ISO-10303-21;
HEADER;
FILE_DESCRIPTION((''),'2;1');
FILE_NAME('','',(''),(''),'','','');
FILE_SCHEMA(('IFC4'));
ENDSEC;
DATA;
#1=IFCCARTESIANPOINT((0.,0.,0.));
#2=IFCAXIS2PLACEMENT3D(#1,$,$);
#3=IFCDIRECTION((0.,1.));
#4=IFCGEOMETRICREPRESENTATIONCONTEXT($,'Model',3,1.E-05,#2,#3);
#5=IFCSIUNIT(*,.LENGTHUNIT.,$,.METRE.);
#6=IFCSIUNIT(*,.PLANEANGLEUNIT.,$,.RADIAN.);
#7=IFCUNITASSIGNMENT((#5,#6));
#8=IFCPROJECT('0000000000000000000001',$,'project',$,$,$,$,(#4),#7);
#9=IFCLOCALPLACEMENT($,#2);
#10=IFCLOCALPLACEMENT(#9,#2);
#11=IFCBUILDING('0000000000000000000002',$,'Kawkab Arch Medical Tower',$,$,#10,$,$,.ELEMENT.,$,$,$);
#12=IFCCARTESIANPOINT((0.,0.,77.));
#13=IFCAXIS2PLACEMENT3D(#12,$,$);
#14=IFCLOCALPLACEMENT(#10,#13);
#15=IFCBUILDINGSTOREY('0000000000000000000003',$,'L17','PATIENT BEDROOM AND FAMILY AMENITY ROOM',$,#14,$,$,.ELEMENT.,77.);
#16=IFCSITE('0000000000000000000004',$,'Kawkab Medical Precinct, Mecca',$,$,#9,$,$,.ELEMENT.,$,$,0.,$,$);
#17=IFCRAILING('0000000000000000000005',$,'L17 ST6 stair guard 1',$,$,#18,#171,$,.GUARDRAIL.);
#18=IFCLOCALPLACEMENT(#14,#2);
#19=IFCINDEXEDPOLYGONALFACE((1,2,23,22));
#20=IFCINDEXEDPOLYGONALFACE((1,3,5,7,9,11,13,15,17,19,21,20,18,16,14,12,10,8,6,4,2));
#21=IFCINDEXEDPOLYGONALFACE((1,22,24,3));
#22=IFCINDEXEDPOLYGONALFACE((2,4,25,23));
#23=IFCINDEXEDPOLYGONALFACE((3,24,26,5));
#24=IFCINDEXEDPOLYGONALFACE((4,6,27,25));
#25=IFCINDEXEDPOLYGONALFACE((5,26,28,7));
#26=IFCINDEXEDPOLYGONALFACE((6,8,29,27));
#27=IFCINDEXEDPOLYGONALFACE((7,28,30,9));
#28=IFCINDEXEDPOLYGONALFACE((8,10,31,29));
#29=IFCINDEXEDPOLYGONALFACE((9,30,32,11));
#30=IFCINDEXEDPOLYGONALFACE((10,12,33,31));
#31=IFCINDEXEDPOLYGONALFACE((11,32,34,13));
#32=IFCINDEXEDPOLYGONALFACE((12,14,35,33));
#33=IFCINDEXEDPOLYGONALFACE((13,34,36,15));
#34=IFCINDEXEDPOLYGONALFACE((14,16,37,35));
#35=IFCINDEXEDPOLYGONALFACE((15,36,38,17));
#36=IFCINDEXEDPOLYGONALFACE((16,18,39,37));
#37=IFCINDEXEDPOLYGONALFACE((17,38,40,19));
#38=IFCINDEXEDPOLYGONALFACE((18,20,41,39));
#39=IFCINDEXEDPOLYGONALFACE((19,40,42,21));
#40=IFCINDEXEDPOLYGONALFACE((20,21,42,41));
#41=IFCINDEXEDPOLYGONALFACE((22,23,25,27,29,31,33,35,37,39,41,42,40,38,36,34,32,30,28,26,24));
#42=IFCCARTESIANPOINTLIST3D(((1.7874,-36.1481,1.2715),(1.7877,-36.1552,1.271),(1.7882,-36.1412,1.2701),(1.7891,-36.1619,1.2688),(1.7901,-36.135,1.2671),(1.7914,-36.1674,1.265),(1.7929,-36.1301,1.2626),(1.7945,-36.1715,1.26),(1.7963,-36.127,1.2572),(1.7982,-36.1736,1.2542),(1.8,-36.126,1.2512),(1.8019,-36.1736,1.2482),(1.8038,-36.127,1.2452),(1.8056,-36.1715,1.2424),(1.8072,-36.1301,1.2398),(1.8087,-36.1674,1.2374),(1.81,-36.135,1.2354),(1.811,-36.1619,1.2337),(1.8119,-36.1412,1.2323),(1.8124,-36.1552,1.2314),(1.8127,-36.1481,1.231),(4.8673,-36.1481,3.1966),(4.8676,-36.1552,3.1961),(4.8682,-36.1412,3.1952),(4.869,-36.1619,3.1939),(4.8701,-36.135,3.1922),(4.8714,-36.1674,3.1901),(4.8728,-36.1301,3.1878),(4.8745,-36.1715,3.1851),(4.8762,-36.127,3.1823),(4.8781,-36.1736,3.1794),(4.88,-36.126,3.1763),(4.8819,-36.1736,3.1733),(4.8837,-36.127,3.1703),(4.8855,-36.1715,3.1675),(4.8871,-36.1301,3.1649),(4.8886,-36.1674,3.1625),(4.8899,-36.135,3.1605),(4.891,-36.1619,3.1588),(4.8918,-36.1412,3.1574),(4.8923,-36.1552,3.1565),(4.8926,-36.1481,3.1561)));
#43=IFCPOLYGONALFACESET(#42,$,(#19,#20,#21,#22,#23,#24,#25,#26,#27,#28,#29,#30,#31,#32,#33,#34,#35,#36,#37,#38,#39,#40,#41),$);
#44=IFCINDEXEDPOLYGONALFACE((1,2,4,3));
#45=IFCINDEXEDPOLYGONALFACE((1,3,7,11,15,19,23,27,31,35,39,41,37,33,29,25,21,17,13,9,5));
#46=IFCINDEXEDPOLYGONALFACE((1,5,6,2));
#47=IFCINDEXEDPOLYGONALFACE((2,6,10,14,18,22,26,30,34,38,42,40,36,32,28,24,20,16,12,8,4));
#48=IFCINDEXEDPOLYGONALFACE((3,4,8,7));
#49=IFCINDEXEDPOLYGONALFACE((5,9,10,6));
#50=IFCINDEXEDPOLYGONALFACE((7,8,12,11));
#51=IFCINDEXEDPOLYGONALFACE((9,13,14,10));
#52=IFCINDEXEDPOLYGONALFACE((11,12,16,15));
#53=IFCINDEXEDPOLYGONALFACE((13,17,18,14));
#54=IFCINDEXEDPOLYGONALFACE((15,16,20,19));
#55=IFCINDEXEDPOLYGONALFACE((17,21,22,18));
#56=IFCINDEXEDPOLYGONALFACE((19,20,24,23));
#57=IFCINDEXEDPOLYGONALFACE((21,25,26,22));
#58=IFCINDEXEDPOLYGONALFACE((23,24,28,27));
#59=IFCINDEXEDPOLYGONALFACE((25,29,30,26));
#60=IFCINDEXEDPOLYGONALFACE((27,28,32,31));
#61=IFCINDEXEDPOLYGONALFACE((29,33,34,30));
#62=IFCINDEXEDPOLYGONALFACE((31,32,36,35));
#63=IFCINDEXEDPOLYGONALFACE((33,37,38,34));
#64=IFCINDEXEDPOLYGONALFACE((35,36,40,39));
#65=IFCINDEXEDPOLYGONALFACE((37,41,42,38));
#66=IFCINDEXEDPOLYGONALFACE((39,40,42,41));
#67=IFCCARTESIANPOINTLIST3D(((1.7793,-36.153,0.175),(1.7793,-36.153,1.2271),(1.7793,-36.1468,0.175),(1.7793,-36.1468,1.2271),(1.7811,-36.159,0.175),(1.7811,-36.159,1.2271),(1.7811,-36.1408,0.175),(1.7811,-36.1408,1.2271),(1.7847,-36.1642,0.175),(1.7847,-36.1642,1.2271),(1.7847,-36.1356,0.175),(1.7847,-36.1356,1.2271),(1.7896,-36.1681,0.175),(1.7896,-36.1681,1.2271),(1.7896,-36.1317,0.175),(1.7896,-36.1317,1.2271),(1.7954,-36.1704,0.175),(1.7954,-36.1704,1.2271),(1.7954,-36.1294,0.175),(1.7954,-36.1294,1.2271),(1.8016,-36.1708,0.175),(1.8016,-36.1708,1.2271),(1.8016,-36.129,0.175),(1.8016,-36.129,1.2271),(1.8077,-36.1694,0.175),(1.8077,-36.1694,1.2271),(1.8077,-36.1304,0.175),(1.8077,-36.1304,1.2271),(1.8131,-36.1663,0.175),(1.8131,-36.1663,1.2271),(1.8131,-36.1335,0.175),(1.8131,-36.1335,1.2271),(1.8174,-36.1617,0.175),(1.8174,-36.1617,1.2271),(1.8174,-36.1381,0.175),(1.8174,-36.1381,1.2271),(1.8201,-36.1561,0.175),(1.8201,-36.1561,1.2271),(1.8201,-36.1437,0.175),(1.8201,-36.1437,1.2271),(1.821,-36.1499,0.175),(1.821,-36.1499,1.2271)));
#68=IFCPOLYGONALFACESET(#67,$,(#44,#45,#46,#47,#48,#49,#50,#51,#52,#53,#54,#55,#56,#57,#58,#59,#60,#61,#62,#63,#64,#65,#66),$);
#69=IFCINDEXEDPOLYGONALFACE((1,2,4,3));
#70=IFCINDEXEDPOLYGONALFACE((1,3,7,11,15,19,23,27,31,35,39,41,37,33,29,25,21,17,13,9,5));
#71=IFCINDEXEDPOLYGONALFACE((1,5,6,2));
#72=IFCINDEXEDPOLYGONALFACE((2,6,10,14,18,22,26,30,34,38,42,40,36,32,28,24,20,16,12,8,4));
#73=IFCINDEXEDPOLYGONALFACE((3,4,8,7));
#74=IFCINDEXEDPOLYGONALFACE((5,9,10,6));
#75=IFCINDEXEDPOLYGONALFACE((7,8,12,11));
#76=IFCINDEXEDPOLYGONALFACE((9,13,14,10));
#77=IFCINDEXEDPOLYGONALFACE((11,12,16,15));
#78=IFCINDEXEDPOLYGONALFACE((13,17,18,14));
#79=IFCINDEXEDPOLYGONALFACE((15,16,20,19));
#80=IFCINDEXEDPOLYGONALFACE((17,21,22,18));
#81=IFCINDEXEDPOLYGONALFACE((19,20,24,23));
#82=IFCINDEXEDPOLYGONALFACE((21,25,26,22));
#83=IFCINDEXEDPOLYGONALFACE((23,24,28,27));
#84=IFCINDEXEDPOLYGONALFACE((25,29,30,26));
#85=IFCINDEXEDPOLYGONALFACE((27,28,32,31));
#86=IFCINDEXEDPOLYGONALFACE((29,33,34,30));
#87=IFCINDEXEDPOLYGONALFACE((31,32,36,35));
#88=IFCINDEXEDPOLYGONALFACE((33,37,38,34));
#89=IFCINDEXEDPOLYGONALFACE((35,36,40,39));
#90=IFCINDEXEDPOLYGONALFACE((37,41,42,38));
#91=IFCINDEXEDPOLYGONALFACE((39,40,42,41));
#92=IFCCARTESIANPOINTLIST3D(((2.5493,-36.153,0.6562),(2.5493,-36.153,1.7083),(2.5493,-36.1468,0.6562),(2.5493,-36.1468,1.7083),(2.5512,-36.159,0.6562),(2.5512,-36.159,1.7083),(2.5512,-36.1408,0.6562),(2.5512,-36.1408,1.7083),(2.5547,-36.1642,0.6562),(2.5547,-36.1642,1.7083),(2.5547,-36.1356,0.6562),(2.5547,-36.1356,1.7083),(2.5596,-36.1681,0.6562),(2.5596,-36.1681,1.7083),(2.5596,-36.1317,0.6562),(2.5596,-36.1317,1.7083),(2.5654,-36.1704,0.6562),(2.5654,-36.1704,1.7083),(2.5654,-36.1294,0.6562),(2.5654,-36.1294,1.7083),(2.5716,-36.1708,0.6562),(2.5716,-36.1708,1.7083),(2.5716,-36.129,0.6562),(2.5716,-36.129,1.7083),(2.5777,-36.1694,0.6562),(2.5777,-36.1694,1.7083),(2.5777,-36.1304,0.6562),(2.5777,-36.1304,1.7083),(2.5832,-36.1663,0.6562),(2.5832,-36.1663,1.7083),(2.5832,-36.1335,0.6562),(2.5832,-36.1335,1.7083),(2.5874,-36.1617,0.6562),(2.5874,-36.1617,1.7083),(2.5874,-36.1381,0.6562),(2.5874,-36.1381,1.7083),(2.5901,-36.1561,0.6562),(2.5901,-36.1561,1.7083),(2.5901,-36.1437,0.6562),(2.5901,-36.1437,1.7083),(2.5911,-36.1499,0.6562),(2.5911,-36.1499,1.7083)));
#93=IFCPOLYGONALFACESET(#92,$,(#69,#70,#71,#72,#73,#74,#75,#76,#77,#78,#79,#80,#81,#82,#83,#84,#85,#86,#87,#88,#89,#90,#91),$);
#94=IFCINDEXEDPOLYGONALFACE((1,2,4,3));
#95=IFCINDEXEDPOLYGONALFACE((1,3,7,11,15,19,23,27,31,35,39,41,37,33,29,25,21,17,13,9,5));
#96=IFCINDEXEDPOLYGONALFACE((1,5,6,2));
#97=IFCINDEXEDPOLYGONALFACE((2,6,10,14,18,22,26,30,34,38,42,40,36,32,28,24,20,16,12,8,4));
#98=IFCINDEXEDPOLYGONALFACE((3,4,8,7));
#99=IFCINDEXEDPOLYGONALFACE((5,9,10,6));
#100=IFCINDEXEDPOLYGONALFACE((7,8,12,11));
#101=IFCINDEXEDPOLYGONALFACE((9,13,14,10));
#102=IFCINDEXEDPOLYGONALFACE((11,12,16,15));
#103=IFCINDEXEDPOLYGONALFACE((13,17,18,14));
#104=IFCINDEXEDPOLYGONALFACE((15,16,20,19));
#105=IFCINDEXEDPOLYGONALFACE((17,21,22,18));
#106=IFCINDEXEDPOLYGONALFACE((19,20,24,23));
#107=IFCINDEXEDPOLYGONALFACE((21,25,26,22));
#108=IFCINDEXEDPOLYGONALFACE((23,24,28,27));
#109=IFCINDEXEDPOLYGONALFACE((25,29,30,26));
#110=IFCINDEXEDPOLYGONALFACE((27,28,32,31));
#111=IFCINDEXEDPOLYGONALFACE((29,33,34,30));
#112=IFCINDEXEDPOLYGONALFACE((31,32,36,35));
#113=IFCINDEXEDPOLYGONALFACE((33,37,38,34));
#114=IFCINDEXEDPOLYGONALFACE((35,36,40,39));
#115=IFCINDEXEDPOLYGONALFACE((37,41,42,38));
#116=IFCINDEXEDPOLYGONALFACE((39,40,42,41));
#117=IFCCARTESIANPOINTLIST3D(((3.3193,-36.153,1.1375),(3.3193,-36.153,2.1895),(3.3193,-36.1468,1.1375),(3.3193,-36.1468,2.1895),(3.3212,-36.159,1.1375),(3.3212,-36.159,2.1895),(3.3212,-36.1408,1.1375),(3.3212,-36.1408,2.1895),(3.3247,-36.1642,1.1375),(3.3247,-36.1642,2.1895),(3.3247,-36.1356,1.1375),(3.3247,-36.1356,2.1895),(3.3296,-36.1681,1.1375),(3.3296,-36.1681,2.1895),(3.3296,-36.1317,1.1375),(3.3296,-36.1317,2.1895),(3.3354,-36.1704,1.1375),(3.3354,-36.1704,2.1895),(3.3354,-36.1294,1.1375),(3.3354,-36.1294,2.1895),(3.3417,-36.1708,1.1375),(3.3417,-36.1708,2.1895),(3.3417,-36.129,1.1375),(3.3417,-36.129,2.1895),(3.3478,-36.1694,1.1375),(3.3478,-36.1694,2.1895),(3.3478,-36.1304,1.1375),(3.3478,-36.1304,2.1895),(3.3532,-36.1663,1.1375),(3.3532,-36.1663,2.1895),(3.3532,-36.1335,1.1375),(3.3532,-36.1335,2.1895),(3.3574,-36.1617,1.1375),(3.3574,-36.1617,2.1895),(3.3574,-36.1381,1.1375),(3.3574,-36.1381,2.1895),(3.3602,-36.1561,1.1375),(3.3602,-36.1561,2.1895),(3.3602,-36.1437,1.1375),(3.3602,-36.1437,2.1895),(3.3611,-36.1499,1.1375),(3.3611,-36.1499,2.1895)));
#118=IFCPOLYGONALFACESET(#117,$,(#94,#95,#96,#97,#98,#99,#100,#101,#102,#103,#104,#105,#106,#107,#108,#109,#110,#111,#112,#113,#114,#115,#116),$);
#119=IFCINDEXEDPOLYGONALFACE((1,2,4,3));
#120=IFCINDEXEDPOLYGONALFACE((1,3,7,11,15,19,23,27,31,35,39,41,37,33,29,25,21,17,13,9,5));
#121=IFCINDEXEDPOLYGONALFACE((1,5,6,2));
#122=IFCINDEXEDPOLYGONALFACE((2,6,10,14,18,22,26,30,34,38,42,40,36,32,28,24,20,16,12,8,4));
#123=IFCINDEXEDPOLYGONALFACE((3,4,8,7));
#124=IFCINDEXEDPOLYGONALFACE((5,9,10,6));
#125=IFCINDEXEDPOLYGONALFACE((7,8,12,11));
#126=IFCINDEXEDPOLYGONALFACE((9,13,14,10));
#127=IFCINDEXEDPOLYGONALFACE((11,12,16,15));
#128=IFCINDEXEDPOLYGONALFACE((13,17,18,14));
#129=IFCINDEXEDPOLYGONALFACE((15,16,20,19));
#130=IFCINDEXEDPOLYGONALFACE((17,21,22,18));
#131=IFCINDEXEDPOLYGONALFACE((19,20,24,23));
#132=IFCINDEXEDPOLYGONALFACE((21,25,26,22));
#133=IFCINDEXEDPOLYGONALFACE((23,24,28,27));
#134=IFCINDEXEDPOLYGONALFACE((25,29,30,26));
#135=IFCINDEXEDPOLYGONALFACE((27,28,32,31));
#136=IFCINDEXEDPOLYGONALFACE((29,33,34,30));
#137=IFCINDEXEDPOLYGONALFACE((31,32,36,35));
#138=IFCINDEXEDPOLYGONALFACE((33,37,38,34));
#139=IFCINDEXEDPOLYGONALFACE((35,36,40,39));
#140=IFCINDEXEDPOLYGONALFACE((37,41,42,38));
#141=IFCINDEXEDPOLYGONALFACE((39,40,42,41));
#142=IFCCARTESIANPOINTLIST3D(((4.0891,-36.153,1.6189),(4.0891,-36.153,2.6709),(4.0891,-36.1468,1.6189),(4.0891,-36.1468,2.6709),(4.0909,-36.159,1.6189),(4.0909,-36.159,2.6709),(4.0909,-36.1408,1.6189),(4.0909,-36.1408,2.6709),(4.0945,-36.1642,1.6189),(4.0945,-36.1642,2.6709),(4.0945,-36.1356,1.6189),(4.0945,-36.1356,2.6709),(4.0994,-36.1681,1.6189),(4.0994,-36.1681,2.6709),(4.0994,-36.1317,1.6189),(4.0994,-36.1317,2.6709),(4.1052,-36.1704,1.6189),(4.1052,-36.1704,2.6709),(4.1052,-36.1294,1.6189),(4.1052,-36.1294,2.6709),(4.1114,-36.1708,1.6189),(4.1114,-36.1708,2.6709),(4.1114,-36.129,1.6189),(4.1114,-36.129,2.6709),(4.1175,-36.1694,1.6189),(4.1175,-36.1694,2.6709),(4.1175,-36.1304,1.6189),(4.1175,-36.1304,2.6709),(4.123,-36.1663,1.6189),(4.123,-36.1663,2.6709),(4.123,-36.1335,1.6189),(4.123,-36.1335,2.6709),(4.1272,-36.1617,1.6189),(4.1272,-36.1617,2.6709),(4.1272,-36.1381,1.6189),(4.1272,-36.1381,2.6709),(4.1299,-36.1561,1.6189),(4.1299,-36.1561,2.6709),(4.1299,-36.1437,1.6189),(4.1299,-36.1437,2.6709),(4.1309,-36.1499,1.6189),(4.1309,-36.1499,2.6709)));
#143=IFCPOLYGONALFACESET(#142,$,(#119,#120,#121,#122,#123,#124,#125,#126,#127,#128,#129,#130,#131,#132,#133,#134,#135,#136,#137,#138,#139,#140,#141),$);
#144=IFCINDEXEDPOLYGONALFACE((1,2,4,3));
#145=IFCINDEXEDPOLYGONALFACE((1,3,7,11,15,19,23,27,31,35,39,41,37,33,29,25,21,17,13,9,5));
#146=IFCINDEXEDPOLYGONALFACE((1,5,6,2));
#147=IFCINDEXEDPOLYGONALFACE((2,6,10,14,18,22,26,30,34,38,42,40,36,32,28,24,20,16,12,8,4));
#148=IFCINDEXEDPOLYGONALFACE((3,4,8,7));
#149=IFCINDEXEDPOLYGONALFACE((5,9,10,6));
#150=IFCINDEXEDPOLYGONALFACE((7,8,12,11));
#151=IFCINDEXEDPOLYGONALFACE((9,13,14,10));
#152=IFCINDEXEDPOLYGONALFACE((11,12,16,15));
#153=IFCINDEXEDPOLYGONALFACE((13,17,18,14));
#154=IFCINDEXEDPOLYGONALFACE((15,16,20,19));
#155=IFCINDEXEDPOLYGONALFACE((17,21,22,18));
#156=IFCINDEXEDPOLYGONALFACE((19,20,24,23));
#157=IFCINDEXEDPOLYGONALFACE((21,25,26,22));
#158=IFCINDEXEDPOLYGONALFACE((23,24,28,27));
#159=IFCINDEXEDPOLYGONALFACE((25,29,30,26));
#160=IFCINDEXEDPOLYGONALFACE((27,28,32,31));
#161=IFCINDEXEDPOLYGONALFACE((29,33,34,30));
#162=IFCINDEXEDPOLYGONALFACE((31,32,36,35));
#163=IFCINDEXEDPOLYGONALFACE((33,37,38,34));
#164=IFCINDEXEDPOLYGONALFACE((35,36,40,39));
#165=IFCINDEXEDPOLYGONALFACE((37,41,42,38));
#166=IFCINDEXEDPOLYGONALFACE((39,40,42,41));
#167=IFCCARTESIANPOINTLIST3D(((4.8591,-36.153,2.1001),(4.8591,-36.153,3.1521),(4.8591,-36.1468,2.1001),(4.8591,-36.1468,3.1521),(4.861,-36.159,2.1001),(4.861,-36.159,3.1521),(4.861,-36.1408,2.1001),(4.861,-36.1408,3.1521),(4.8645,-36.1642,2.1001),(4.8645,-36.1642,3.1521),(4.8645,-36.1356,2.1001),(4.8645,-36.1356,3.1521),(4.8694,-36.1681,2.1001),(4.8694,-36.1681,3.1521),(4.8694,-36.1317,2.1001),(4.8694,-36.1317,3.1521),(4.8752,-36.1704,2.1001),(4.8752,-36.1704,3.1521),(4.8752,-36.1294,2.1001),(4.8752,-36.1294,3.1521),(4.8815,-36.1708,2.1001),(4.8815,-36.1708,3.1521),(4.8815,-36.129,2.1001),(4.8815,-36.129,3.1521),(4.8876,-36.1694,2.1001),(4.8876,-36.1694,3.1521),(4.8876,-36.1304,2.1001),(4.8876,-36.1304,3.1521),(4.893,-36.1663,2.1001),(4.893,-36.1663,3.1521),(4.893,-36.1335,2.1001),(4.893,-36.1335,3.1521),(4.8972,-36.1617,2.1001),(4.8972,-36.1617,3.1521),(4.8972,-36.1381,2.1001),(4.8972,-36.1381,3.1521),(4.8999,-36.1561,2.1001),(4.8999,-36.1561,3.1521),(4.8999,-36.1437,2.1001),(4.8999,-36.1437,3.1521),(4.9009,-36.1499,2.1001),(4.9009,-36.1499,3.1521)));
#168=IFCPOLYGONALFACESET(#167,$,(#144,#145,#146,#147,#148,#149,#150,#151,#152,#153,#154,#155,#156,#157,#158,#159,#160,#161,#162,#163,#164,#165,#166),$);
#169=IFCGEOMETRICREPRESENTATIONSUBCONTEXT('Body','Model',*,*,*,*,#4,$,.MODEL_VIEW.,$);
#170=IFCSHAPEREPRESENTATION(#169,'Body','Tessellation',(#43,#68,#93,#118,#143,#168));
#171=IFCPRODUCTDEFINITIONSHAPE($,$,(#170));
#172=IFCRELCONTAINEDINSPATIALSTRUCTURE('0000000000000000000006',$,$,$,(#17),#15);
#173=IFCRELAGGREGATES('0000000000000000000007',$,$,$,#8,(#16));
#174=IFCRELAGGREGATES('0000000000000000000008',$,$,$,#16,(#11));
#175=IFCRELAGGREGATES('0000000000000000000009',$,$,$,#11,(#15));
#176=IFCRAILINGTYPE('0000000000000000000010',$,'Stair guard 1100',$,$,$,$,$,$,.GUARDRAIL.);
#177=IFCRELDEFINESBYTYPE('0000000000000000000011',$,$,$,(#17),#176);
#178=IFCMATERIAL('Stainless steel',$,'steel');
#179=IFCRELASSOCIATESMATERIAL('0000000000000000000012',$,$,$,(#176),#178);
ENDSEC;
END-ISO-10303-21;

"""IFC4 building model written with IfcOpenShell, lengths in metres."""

from ifc_helpers import new_model, si_unit, direction, frame, origin, origin_2d, place, context, subcontext, project, spatial, circle, extrude, material, type_object, element, save


model = new_model("IFC4")

# Units and contexts
model_context = context("Model", 3, precision=1e-05, world=origin(), true_north=direction((0.0, 1.0)))
body_context = subcontext(model_context, "Body", "Model", "MODEL_VIEW")
ifc_project = project(units=[si_unit("LENGTHUNIT", "METRE"), si_unit("PLANEANGLEUNIT", "RADIAN")], contexts=[model_context])

# Site, building, storey
site_placement = place(None, origin())
site = spatial("IfcSite", under=ifc_project, at=site_placement, Name="Kawkab Medical Precinct, Mecca", CompositionType="ELEMENT", RefElevation=0.0)
building_placement = place(site_placement, origin())
building = spatial("IfcBuilding", under=site, at=building_placement, Name="Kawkab Arch Medical Tower", CompositionType="ELEMENT")
storey_placement = place(building_placement, frame((0.0, 0.0, 77.0)))
storey = spatial("IfcBuildingStorey", under=building, at=storey_placement, Name="L17", Description="PATIENT BEDROOM AND FAMILY AMENITY ROOM", CompositionType="ELEMENT", Elevation=77.0)

# Railing
ifc_material_1 = material(Name="Stainless steel", Category="steel")
railing_type = type_object("IfcRailingType", Name="Stair guard 1100", PredefinedType="GUARDRAIL", material=ifc_material_1)
railing_1_placement = place(storey_placement, frame((1.8, -36.1499, 0.175)))
element("IfcRailing", 1, at=railing_1_placement, inside=storey, type_object=railing_type, Name="L17 ST6 stair guard 1", PredefinedType="GUARDRAIL", context=body_context, shape_type="SweptSolid", body=[
    extrude(circle(Radius=0.0239, at=origin_2d()), frame((0.0, 0.0, 1.0762), z_axis=(0.847979, 0.0, 0.530029), x_axis=(0.0, 1.0, 0.0)), (0.0, 0.0, 1.0), 3.6321),
    extrude(circle(Radius=0.021, at=origin_2d()), origin(), (0.0, 0.0, 1.0), 1.052),
    extrude(circle(Radius=0.021, at=origin_2d()), frame((0.77, 0.0, 0.4812)), (0.0, 0.0, 1.0), 1.052),
    extrude(circle(Radius=0.021, at=origin_2d()), frame((1.54, 0.0, 0.9624)), (0.0, 0.0, 1.0), 1.052),
    extrude(circle(Radius=0.021, at=origin_2d()), frame((2.3098, 0.0, 1.4438)), (0.0, 0.0, 1.0), 1.052),
    extrude(circle(Radius=0.021, at=origin_2d()), frame((3.0798, 0.0, 1.925)), (0.0, 0.0, 1.0), 1.052),
])

save(model, "model.ifc")
